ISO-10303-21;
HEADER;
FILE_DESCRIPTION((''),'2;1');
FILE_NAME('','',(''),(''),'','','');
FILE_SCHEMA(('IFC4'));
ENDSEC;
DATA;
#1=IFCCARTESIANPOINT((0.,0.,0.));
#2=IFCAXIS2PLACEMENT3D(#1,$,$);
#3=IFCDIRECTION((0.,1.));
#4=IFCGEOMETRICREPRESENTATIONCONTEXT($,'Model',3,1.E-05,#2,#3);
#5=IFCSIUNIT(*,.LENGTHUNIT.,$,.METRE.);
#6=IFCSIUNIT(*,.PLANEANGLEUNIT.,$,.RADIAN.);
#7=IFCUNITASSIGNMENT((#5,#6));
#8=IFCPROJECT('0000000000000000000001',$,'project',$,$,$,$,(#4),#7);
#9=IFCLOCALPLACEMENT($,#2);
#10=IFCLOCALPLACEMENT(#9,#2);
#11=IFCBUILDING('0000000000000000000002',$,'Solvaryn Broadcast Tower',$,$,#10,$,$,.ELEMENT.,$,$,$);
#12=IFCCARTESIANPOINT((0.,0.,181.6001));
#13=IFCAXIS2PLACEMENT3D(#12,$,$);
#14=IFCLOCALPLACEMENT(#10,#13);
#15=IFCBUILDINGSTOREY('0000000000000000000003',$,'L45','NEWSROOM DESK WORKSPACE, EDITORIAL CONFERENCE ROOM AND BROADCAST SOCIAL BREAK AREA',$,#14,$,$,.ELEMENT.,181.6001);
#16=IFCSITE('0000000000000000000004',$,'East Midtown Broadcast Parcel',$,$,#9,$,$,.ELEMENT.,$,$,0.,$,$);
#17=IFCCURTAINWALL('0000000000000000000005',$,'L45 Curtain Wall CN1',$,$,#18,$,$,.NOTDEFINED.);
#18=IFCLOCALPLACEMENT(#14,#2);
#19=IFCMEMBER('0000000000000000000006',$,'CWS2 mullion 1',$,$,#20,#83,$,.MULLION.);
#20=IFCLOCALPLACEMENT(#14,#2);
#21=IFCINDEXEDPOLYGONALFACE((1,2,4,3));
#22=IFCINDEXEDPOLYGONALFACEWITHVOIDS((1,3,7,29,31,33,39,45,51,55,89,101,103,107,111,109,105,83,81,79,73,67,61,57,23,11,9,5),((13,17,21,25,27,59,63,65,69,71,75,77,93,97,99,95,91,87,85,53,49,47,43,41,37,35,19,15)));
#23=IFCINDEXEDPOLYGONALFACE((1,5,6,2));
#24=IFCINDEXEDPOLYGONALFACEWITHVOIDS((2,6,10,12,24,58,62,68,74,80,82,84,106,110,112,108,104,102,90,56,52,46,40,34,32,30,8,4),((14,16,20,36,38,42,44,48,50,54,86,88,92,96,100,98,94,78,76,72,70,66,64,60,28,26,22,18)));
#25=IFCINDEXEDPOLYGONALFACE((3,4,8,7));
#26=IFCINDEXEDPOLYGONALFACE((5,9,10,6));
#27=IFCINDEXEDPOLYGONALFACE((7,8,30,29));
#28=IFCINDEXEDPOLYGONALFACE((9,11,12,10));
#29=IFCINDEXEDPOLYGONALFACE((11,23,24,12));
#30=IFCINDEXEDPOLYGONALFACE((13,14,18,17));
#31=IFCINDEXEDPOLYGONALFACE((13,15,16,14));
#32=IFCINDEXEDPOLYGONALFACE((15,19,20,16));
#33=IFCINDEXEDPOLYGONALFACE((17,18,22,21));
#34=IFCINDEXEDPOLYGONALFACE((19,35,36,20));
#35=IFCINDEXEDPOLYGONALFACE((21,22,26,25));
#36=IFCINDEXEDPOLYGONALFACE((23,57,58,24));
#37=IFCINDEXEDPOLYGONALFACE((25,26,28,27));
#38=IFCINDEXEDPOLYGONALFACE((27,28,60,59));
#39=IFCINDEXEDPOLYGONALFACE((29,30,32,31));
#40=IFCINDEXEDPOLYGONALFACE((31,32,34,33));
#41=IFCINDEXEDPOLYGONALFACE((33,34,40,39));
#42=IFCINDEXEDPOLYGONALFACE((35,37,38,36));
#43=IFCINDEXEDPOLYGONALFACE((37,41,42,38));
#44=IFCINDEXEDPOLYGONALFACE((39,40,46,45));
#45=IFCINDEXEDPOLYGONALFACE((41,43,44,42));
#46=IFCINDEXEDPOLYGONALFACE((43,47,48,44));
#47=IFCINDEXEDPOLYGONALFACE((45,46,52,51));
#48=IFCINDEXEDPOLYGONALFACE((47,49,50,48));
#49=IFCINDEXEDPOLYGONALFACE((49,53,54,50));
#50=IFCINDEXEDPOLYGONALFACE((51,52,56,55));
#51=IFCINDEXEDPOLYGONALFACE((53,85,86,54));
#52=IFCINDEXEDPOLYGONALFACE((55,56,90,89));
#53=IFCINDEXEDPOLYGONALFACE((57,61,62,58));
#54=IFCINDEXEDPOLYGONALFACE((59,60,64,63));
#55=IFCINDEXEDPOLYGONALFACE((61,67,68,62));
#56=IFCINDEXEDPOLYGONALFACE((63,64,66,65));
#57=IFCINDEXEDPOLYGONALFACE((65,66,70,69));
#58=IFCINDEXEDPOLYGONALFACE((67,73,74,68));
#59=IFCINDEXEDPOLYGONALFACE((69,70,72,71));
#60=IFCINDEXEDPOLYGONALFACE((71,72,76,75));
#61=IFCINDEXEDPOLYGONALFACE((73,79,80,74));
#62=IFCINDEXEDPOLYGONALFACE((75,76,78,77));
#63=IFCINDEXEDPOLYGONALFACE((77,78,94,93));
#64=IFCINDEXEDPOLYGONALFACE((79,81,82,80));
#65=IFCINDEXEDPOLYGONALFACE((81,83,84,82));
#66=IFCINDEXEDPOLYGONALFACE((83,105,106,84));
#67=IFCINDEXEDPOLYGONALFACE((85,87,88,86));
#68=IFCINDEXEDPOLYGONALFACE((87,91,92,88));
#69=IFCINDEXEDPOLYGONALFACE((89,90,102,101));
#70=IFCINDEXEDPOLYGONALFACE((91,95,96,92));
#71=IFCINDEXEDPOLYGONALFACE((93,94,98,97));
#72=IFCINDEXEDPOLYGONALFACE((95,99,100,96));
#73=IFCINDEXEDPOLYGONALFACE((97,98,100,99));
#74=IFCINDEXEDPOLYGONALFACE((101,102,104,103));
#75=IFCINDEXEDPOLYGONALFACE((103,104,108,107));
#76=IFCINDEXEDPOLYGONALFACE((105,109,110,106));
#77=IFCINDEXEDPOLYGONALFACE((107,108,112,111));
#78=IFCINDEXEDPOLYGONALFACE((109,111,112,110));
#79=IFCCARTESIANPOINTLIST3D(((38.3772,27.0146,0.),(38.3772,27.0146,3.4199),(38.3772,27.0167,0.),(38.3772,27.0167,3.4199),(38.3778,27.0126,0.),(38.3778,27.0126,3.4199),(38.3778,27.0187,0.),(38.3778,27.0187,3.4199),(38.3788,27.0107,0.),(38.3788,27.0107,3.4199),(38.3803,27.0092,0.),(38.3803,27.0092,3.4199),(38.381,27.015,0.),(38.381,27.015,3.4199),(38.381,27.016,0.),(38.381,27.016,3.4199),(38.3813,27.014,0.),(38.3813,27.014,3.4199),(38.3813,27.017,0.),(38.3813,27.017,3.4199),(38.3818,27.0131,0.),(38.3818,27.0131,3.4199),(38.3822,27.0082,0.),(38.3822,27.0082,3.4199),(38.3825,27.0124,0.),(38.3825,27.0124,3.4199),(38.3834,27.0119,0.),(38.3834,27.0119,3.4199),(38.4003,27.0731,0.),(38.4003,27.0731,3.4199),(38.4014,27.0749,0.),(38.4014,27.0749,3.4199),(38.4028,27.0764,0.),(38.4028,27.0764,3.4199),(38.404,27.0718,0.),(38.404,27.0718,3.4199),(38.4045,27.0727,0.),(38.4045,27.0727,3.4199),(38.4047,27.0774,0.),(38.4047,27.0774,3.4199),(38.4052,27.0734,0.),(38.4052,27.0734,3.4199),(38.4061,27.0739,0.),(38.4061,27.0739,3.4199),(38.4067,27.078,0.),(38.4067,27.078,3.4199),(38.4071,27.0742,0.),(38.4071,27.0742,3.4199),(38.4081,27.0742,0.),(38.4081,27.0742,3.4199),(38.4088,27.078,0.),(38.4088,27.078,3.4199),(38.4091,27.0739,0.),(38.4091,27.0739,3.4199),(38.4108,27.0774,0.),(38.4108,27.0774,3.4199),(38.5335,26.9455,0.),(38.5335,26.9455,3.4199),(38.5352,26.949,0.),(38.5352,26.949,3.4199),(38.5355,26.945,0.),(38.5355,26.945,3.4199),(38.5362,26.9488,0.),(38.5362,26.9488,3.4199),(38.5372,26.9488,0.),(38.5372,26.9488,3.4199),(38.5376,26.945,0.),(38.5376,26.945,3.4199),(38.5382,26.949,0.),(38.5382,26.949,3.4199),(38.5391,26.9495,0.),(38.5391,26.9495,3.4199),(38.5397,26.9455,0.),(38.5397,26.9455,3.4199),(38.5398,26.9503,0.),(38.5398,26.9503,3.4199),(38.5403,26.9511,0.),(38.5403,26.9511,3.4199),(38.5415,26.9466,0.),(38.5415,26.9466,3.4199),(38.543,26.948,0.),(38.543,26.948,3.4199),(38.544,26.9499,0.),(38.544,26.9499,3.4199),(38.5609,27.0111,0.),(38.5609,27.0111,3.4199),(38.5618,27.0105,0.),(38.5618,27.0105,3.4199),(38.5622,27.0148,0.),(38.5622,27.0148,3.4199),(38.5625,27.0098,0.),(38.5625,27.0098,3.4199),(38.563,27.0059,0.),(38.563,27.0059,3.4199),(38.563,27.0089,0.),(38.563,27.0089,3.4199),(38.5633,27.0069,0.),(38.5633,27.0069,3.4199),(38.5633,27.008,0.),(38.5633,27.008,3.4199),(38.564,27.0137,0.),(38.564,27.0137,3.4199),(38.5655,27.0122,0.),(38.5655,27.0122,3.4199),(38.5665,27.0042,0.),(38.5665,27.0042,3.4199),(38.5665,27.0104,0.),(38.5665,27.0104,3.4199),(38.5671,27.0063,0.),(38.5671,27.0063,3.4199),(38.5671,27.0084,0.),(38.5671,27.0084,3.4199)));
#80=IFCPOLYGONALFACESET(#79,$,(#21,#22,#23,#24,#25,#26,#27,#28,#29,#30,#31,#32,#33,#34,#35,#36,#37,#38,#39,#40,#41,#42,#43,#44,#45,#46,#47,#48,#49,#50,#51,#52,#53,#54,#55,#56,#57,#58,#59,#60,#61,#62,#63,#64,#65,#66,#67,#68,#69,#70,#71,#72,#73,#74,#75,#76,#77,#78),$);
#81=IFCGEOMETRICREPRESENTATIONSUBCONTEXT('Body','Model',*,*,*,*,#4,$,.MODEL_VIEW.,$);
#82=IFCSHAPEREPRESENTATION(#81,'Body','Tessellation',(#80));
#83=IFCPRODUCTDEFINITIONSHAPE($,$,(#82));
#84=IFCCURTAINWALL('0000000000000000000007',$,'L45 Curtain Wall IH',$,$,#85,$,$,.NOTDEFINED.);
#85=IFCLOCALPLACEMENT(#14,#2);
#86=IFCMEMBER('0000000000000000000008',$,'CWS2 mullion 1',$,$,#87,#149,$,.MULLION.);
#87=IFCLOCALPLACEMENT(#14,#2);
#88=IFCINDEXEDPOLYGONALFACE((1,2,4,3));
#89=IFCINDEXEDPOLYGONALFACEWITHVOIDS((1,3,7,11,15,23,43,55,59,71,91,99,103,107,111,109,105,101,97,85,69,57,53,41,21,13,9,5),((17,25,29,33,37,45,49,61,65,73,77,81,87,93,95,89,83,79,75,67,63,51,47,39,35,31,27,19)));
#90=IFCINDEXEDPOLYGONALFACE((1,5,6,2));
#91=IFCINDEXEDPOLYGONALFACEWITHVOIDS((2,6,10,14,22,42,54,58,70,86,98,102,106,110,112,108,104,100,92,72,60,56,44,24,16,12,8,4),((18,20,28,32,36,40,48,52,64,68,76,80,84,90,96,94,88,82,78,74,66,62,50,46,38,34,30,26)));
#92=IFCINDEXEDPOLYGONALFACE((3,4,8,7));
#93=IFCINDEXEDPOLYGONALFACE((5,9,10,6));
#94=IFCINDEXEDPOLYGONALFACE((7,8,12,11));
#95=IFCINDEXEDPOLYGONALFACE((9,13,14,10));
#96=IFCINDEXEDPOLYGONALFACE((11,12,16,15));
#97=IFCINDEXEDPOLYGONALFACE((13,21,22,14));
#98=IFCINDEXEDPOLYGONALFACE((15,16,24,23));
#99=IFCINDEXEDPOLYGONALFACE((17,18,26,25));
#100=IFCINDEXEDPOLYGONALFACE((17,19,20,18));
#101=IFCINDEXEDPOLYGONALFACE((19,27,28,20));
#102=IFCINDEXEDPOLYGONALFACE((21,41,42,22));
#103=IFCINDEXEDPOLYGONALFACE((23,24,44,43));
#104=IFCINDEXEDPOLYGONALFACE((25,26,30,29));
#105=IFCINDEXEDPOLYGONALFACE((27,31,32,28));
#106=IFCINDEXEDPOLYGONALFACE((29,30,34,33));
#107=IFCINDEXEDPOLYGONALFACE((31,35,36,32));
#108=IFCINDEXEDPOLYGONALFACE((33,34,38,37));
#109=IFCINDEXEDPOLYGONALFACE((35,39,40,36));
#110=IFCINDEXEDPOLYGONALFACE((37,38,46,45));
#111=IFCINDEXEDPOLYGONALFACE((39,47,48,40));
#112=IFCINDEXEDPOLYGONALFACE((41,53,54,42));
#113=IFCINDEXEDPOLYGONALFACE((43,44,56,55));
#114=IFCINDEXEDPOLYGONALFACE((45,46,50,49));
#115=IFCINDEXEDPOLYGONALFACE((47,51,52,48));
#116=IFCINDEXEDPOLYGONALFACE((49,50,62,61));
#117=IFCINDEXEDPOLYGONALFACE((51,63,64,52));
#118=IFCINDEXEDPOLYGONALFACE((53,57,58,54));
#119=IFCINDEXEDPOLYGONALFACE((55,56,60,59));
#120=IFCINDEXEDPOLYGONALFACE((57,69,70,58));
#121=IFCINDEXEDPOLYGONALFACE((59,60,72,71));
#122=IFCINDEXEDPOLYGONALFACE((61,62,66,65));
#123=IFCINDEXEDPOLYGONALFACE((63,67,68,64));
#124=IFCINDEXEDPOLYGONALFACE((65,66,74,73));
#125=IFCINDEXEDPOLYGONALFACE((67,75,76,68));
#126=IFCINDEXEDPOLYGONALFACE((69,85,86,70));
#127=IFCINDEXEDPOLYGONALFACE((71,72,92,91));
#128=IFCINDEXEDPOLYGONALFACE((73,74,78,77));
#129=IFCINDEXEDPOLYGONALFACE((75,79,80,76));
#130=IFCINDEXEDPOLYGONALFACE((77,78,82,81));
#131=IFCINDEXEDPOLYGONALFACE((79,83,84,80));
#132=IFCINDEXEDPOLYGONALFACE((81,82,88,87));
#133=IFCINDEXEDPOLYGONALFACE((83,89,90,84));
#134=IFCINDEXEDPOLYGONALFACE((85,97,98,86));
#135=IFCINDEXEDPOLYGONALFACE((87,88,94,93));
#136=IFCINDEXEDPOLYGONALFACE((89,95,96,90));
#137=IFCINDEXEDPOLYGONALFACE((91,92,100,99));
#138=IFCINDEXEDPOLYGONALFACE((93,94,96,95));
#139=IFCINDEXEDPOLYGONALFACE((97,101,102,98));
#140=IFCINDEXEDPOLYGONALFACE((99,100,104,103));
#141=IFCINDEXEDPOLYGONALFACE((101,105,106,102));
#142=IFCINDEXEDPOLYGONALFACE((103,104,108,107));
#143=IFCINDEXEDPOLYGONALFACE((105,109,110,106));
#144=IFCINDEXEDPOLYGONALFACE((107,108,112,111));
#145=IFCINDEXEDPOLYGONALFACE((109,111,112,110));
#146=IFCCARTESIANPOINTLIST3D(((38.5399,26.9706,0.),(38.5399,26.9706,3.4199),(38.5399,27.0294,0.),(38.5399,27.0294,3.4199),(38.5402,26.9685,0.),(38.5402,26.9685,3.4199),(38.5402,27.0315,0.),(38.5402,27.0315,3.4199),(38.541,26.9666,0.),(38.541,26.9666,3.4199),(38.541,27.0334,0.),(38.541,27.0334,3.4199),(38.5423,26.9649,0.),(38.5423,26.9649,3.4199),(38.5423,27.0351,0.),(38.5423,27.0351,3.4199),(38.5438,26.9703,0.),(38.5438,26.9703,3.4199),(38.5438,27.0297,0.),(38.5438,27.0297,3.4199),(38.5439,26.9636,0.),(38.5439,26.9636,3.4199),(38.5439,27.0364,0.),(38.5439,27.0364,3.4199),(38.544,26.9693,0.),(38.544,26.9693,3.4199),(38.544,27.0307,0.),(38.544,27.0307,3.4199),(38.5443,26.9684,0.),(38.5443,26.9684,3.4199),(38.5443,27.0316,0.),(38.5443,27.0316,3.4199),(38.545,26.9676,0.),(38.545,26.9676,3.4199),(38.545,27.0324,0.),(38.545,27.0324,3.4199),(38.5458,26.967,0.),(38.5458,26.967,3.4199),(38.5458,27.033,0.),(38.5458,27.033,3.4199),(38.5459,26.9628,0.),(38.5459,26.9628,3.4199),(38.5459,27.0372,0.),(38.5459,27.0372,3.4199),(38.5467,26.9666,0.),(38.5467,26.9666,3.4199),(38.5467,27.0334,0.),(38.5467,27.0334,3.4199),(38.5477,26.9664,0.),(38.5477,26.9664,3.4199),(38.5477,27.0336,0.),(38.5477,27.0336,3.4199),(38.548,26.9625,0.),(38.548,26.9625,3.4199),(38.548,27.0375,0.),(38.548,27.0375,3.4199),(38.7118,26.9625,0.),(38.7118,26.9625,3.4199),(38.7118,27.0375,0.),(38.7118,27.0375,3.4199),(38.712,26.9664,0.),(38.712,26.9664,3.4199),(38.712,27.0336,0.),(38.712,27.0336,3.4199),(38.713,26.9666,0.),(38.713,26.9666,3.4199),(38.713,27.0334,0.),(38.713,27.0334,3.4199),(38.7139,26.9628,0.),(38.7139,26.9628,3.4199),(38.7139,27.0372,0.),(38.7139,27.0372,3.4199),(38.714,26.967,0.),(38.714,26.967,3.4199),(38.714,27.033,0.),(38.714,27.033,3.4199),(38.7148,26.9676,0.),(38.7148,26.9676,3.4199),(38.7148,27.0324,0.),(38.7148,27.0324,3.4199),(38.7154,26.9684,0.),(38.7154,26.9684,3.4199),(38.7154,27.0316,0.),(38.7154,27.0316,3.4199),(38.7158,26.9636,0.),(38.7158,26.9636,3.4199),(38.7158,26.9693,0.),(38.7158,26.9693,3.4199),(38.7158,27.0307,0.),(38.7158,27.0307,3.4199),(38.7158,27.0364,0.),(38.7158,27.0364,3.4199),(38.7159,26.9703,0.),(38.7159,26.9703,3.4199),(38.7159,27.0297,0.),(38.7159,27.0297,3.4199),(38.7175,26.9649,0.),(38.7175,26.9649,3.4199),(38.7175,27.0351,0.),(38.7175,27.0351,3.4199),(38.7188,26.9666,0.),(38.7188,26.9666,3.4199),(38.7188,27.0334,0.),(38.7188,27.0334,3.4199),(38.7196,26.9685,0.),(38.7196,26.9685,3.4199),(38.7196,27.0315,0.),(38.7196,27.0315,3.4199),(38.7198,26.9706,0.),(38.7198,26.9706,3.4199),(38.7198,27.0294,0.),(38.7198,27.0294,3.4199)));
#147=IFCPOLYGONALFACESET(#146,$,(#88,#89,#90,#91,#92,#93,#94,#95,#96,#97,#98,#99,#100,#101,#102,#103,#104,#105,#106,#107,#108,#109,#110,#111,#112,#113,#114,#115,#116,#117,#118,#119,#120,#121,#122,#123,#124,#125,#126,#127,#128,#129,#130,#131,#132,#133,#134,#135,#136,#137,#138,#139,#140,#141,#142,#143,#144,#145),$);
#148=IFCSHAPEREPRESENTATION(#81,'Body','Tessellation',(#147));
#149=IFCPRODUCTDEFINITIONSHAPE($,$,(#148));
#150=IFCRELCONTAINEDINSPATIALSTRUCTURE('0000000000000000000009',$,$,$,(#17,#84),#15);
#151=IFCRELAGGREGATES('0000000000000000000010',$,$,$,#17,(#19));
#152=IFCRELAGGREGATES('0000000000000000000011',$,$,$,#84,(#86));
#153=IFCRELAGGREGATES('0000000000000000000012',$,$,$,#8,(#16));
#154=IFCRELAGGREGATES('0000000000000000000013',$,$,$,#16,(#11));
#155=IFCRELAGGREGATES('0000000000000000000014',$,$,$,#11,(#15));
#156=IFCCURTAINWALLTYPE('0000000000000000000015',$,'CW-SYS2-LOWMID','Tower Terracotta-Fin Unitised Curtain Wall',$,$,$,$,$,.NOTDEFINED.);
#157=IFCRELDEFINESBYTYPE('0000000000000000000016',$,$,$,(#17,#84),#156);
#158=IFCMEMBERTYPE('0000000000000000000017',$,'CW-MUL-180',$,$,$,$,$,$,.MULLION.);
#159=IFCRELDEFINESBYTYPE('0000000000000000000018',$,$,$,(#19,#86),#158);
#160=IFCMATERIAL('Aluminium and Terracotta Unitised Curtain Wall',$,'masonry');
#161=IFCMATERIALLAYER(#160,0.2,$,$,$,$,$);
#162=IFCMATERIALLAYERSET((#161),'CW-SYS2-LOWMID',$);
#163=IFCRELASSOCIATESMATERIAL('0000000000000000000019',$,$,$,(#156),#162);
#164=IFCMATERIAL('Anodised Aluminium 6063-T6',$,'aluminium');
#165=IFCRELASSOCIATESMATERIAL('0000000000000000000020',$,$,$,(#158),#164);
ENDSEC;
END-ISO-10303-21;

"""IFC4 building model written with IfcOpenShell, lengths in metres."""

from ifc_helpers import new_model, si_unit, direction, frame, origin, origin_2d, place, context, subcontext, project, spatial, hollow_rectangle, extrude, material, layer, layer_set, material_profile, profile_set, type_object, element, aggregate, save


model = new_model("IFC4")

# Units and contexts
model_context = context("Model", 3, precision=1e-05, world=origin(), true_north=direction((0.0, 1.0)))
body_context = subcontext(model_context, "Body", "Model", "MODEL_VIEW")
ifc_project = project(units=[si_unit("LENGTHUNIT", "METRE"), si_unit("PLANEANGLEUNIT", "RADIAN")], contexts=[model_context])

# Site, building, storey
site_placement = place(None, origin())
site = spatial("IfcSite", under=ifc_project, at=site_placement, Name="East Midtown Broadcast Parcel", CompositionType="ELEMENT", RefElevation=0.0)
building_placement = place(site_placement, origin())
building = spatial("IfcBuilding", under=site, at=building_placement, Name="Solvaryn Broadcast Tower", CompositionType="ELEMENT")
storey_placement = place(building_placement, frame((0.0, 0.0, 181.6001)))
storey = spatial("IfcBuildingStorey", under=building, at=storey_placement, Name="L45", Description="NEWSROOM DESK WORKSPACE, EDITORIAL CONFERENCE ROOM AND BROADCAST SOCIAL BREAK AREA", CompositionType="ELEMENT", Elevation=181.6001)

# Curtain walls, members
ifc_material_1 = material(Name="Aluminium and Terracotta Unitised Curtain Wall", Category="masonry")
ifc_layer_1 = layer(ifc_material_1, 0.2)
ifc_layer_set_1 = layer_set([ifc_layer_1], Name="CW-SYS2-LOWMID")
curtain_wall_type = type_object("IfcCurtainWallType", Name="CW-SYS2-LOWMID", Description="Tower Terracotta-Fin Unitised Curtain Wall", PredefinedType="NOTDEFINED", material=ifc_layer_set_1)
curtain_wall_1_placement = place(storey_placement, origin())
curtain_wall_1 = element("IfcCurtainWall", 1, at=curtain_wall_1_placement, inside=storey, type_object=curtain_wall_type, Name="L45 Curtain Wall CN1", PredefinedType="NOTDEFINED")
ifc_material_2 = material(Name="Anodised Aluminium 6063-T6", Category="aluminium")
ifc_material_profile_1 = material_profile(ifc_material_2, hollow_rectangle(XDim=0.075, YDim=0.1799, WallThickness=0.0039, InnerFilletRadius=0.0039, OuterFilletRadius=0.0081, at=origin_2d()))
ifc_profile_set_1 = profile_set([ifc_material_profile_1], Name="Anodised Aluminium 6063-T6")
member_type_1 = type_object("IfcMemberType", Name="CW-MUL-180", PredefinedType="MULLION", material=ifc_profile_set_1)
member_1_placement = place(storey_placement, frame((38.4722, 27.0115, 0.0), z_axis=(0.0, 0.0, 1.0), x_axis=(-0.382646, -0.923895, 0.0)))
member_1 = element("IfcMember", 2, at=member_1_placement, type_object=member_type_1, Name="CWS2 mullion 1", PredefinedType="MULLION", context=body_context, shape_type="SweptSolid", body=[
    extrude(hollow_rectangle(XDim=0.075, YDim=0.1799, WallThickness=0.0039, InnerFilletRadius=0.0039, OuterFilletRadius=0.0081, at=origin_2d()), origin(), (0.0, 0.0, 1.0), 3.4199),
])
curtain_wall_2_placement = place(storey_placement, origin())
curtain_wall_2 = element("IfcCurtainWall", 3, at=curtain_wall_2_placement, inside=storey, type_object=curtain_wall_type, Name="L45 Curtain Wall IH", PredefinedType="NOTDEFINED")
member_2_placement = place(storey_placement, frame((38.6299, 27.0, 0.0), z_axis=(0.0, 0.0, 1.0), x_axis=(0.0, 1.0, 0.0)))
member_2 = element("IfcMember", 4, at=member_2_placement, type_object=member_type_1, Name="CWS2 mullion 1", PredefinedType="MULLION", context=body_context, shape_type="SweptSolid", body=[
    extrude(hollow_rectangle(XDim=0.075, YDim=0.1799, WallThickness=0.0039, InnerFilletRadius=0.0039, OuterFilletRadius=0.0081, at=origin_2d()), origin(), (0.0, 0.0, 1.0), 3.4199),
])

aggregate(curtain_wall_1, [member_1])
aggregate(curtain_wall_2, [member_2])

save(model, "model.ifc")
